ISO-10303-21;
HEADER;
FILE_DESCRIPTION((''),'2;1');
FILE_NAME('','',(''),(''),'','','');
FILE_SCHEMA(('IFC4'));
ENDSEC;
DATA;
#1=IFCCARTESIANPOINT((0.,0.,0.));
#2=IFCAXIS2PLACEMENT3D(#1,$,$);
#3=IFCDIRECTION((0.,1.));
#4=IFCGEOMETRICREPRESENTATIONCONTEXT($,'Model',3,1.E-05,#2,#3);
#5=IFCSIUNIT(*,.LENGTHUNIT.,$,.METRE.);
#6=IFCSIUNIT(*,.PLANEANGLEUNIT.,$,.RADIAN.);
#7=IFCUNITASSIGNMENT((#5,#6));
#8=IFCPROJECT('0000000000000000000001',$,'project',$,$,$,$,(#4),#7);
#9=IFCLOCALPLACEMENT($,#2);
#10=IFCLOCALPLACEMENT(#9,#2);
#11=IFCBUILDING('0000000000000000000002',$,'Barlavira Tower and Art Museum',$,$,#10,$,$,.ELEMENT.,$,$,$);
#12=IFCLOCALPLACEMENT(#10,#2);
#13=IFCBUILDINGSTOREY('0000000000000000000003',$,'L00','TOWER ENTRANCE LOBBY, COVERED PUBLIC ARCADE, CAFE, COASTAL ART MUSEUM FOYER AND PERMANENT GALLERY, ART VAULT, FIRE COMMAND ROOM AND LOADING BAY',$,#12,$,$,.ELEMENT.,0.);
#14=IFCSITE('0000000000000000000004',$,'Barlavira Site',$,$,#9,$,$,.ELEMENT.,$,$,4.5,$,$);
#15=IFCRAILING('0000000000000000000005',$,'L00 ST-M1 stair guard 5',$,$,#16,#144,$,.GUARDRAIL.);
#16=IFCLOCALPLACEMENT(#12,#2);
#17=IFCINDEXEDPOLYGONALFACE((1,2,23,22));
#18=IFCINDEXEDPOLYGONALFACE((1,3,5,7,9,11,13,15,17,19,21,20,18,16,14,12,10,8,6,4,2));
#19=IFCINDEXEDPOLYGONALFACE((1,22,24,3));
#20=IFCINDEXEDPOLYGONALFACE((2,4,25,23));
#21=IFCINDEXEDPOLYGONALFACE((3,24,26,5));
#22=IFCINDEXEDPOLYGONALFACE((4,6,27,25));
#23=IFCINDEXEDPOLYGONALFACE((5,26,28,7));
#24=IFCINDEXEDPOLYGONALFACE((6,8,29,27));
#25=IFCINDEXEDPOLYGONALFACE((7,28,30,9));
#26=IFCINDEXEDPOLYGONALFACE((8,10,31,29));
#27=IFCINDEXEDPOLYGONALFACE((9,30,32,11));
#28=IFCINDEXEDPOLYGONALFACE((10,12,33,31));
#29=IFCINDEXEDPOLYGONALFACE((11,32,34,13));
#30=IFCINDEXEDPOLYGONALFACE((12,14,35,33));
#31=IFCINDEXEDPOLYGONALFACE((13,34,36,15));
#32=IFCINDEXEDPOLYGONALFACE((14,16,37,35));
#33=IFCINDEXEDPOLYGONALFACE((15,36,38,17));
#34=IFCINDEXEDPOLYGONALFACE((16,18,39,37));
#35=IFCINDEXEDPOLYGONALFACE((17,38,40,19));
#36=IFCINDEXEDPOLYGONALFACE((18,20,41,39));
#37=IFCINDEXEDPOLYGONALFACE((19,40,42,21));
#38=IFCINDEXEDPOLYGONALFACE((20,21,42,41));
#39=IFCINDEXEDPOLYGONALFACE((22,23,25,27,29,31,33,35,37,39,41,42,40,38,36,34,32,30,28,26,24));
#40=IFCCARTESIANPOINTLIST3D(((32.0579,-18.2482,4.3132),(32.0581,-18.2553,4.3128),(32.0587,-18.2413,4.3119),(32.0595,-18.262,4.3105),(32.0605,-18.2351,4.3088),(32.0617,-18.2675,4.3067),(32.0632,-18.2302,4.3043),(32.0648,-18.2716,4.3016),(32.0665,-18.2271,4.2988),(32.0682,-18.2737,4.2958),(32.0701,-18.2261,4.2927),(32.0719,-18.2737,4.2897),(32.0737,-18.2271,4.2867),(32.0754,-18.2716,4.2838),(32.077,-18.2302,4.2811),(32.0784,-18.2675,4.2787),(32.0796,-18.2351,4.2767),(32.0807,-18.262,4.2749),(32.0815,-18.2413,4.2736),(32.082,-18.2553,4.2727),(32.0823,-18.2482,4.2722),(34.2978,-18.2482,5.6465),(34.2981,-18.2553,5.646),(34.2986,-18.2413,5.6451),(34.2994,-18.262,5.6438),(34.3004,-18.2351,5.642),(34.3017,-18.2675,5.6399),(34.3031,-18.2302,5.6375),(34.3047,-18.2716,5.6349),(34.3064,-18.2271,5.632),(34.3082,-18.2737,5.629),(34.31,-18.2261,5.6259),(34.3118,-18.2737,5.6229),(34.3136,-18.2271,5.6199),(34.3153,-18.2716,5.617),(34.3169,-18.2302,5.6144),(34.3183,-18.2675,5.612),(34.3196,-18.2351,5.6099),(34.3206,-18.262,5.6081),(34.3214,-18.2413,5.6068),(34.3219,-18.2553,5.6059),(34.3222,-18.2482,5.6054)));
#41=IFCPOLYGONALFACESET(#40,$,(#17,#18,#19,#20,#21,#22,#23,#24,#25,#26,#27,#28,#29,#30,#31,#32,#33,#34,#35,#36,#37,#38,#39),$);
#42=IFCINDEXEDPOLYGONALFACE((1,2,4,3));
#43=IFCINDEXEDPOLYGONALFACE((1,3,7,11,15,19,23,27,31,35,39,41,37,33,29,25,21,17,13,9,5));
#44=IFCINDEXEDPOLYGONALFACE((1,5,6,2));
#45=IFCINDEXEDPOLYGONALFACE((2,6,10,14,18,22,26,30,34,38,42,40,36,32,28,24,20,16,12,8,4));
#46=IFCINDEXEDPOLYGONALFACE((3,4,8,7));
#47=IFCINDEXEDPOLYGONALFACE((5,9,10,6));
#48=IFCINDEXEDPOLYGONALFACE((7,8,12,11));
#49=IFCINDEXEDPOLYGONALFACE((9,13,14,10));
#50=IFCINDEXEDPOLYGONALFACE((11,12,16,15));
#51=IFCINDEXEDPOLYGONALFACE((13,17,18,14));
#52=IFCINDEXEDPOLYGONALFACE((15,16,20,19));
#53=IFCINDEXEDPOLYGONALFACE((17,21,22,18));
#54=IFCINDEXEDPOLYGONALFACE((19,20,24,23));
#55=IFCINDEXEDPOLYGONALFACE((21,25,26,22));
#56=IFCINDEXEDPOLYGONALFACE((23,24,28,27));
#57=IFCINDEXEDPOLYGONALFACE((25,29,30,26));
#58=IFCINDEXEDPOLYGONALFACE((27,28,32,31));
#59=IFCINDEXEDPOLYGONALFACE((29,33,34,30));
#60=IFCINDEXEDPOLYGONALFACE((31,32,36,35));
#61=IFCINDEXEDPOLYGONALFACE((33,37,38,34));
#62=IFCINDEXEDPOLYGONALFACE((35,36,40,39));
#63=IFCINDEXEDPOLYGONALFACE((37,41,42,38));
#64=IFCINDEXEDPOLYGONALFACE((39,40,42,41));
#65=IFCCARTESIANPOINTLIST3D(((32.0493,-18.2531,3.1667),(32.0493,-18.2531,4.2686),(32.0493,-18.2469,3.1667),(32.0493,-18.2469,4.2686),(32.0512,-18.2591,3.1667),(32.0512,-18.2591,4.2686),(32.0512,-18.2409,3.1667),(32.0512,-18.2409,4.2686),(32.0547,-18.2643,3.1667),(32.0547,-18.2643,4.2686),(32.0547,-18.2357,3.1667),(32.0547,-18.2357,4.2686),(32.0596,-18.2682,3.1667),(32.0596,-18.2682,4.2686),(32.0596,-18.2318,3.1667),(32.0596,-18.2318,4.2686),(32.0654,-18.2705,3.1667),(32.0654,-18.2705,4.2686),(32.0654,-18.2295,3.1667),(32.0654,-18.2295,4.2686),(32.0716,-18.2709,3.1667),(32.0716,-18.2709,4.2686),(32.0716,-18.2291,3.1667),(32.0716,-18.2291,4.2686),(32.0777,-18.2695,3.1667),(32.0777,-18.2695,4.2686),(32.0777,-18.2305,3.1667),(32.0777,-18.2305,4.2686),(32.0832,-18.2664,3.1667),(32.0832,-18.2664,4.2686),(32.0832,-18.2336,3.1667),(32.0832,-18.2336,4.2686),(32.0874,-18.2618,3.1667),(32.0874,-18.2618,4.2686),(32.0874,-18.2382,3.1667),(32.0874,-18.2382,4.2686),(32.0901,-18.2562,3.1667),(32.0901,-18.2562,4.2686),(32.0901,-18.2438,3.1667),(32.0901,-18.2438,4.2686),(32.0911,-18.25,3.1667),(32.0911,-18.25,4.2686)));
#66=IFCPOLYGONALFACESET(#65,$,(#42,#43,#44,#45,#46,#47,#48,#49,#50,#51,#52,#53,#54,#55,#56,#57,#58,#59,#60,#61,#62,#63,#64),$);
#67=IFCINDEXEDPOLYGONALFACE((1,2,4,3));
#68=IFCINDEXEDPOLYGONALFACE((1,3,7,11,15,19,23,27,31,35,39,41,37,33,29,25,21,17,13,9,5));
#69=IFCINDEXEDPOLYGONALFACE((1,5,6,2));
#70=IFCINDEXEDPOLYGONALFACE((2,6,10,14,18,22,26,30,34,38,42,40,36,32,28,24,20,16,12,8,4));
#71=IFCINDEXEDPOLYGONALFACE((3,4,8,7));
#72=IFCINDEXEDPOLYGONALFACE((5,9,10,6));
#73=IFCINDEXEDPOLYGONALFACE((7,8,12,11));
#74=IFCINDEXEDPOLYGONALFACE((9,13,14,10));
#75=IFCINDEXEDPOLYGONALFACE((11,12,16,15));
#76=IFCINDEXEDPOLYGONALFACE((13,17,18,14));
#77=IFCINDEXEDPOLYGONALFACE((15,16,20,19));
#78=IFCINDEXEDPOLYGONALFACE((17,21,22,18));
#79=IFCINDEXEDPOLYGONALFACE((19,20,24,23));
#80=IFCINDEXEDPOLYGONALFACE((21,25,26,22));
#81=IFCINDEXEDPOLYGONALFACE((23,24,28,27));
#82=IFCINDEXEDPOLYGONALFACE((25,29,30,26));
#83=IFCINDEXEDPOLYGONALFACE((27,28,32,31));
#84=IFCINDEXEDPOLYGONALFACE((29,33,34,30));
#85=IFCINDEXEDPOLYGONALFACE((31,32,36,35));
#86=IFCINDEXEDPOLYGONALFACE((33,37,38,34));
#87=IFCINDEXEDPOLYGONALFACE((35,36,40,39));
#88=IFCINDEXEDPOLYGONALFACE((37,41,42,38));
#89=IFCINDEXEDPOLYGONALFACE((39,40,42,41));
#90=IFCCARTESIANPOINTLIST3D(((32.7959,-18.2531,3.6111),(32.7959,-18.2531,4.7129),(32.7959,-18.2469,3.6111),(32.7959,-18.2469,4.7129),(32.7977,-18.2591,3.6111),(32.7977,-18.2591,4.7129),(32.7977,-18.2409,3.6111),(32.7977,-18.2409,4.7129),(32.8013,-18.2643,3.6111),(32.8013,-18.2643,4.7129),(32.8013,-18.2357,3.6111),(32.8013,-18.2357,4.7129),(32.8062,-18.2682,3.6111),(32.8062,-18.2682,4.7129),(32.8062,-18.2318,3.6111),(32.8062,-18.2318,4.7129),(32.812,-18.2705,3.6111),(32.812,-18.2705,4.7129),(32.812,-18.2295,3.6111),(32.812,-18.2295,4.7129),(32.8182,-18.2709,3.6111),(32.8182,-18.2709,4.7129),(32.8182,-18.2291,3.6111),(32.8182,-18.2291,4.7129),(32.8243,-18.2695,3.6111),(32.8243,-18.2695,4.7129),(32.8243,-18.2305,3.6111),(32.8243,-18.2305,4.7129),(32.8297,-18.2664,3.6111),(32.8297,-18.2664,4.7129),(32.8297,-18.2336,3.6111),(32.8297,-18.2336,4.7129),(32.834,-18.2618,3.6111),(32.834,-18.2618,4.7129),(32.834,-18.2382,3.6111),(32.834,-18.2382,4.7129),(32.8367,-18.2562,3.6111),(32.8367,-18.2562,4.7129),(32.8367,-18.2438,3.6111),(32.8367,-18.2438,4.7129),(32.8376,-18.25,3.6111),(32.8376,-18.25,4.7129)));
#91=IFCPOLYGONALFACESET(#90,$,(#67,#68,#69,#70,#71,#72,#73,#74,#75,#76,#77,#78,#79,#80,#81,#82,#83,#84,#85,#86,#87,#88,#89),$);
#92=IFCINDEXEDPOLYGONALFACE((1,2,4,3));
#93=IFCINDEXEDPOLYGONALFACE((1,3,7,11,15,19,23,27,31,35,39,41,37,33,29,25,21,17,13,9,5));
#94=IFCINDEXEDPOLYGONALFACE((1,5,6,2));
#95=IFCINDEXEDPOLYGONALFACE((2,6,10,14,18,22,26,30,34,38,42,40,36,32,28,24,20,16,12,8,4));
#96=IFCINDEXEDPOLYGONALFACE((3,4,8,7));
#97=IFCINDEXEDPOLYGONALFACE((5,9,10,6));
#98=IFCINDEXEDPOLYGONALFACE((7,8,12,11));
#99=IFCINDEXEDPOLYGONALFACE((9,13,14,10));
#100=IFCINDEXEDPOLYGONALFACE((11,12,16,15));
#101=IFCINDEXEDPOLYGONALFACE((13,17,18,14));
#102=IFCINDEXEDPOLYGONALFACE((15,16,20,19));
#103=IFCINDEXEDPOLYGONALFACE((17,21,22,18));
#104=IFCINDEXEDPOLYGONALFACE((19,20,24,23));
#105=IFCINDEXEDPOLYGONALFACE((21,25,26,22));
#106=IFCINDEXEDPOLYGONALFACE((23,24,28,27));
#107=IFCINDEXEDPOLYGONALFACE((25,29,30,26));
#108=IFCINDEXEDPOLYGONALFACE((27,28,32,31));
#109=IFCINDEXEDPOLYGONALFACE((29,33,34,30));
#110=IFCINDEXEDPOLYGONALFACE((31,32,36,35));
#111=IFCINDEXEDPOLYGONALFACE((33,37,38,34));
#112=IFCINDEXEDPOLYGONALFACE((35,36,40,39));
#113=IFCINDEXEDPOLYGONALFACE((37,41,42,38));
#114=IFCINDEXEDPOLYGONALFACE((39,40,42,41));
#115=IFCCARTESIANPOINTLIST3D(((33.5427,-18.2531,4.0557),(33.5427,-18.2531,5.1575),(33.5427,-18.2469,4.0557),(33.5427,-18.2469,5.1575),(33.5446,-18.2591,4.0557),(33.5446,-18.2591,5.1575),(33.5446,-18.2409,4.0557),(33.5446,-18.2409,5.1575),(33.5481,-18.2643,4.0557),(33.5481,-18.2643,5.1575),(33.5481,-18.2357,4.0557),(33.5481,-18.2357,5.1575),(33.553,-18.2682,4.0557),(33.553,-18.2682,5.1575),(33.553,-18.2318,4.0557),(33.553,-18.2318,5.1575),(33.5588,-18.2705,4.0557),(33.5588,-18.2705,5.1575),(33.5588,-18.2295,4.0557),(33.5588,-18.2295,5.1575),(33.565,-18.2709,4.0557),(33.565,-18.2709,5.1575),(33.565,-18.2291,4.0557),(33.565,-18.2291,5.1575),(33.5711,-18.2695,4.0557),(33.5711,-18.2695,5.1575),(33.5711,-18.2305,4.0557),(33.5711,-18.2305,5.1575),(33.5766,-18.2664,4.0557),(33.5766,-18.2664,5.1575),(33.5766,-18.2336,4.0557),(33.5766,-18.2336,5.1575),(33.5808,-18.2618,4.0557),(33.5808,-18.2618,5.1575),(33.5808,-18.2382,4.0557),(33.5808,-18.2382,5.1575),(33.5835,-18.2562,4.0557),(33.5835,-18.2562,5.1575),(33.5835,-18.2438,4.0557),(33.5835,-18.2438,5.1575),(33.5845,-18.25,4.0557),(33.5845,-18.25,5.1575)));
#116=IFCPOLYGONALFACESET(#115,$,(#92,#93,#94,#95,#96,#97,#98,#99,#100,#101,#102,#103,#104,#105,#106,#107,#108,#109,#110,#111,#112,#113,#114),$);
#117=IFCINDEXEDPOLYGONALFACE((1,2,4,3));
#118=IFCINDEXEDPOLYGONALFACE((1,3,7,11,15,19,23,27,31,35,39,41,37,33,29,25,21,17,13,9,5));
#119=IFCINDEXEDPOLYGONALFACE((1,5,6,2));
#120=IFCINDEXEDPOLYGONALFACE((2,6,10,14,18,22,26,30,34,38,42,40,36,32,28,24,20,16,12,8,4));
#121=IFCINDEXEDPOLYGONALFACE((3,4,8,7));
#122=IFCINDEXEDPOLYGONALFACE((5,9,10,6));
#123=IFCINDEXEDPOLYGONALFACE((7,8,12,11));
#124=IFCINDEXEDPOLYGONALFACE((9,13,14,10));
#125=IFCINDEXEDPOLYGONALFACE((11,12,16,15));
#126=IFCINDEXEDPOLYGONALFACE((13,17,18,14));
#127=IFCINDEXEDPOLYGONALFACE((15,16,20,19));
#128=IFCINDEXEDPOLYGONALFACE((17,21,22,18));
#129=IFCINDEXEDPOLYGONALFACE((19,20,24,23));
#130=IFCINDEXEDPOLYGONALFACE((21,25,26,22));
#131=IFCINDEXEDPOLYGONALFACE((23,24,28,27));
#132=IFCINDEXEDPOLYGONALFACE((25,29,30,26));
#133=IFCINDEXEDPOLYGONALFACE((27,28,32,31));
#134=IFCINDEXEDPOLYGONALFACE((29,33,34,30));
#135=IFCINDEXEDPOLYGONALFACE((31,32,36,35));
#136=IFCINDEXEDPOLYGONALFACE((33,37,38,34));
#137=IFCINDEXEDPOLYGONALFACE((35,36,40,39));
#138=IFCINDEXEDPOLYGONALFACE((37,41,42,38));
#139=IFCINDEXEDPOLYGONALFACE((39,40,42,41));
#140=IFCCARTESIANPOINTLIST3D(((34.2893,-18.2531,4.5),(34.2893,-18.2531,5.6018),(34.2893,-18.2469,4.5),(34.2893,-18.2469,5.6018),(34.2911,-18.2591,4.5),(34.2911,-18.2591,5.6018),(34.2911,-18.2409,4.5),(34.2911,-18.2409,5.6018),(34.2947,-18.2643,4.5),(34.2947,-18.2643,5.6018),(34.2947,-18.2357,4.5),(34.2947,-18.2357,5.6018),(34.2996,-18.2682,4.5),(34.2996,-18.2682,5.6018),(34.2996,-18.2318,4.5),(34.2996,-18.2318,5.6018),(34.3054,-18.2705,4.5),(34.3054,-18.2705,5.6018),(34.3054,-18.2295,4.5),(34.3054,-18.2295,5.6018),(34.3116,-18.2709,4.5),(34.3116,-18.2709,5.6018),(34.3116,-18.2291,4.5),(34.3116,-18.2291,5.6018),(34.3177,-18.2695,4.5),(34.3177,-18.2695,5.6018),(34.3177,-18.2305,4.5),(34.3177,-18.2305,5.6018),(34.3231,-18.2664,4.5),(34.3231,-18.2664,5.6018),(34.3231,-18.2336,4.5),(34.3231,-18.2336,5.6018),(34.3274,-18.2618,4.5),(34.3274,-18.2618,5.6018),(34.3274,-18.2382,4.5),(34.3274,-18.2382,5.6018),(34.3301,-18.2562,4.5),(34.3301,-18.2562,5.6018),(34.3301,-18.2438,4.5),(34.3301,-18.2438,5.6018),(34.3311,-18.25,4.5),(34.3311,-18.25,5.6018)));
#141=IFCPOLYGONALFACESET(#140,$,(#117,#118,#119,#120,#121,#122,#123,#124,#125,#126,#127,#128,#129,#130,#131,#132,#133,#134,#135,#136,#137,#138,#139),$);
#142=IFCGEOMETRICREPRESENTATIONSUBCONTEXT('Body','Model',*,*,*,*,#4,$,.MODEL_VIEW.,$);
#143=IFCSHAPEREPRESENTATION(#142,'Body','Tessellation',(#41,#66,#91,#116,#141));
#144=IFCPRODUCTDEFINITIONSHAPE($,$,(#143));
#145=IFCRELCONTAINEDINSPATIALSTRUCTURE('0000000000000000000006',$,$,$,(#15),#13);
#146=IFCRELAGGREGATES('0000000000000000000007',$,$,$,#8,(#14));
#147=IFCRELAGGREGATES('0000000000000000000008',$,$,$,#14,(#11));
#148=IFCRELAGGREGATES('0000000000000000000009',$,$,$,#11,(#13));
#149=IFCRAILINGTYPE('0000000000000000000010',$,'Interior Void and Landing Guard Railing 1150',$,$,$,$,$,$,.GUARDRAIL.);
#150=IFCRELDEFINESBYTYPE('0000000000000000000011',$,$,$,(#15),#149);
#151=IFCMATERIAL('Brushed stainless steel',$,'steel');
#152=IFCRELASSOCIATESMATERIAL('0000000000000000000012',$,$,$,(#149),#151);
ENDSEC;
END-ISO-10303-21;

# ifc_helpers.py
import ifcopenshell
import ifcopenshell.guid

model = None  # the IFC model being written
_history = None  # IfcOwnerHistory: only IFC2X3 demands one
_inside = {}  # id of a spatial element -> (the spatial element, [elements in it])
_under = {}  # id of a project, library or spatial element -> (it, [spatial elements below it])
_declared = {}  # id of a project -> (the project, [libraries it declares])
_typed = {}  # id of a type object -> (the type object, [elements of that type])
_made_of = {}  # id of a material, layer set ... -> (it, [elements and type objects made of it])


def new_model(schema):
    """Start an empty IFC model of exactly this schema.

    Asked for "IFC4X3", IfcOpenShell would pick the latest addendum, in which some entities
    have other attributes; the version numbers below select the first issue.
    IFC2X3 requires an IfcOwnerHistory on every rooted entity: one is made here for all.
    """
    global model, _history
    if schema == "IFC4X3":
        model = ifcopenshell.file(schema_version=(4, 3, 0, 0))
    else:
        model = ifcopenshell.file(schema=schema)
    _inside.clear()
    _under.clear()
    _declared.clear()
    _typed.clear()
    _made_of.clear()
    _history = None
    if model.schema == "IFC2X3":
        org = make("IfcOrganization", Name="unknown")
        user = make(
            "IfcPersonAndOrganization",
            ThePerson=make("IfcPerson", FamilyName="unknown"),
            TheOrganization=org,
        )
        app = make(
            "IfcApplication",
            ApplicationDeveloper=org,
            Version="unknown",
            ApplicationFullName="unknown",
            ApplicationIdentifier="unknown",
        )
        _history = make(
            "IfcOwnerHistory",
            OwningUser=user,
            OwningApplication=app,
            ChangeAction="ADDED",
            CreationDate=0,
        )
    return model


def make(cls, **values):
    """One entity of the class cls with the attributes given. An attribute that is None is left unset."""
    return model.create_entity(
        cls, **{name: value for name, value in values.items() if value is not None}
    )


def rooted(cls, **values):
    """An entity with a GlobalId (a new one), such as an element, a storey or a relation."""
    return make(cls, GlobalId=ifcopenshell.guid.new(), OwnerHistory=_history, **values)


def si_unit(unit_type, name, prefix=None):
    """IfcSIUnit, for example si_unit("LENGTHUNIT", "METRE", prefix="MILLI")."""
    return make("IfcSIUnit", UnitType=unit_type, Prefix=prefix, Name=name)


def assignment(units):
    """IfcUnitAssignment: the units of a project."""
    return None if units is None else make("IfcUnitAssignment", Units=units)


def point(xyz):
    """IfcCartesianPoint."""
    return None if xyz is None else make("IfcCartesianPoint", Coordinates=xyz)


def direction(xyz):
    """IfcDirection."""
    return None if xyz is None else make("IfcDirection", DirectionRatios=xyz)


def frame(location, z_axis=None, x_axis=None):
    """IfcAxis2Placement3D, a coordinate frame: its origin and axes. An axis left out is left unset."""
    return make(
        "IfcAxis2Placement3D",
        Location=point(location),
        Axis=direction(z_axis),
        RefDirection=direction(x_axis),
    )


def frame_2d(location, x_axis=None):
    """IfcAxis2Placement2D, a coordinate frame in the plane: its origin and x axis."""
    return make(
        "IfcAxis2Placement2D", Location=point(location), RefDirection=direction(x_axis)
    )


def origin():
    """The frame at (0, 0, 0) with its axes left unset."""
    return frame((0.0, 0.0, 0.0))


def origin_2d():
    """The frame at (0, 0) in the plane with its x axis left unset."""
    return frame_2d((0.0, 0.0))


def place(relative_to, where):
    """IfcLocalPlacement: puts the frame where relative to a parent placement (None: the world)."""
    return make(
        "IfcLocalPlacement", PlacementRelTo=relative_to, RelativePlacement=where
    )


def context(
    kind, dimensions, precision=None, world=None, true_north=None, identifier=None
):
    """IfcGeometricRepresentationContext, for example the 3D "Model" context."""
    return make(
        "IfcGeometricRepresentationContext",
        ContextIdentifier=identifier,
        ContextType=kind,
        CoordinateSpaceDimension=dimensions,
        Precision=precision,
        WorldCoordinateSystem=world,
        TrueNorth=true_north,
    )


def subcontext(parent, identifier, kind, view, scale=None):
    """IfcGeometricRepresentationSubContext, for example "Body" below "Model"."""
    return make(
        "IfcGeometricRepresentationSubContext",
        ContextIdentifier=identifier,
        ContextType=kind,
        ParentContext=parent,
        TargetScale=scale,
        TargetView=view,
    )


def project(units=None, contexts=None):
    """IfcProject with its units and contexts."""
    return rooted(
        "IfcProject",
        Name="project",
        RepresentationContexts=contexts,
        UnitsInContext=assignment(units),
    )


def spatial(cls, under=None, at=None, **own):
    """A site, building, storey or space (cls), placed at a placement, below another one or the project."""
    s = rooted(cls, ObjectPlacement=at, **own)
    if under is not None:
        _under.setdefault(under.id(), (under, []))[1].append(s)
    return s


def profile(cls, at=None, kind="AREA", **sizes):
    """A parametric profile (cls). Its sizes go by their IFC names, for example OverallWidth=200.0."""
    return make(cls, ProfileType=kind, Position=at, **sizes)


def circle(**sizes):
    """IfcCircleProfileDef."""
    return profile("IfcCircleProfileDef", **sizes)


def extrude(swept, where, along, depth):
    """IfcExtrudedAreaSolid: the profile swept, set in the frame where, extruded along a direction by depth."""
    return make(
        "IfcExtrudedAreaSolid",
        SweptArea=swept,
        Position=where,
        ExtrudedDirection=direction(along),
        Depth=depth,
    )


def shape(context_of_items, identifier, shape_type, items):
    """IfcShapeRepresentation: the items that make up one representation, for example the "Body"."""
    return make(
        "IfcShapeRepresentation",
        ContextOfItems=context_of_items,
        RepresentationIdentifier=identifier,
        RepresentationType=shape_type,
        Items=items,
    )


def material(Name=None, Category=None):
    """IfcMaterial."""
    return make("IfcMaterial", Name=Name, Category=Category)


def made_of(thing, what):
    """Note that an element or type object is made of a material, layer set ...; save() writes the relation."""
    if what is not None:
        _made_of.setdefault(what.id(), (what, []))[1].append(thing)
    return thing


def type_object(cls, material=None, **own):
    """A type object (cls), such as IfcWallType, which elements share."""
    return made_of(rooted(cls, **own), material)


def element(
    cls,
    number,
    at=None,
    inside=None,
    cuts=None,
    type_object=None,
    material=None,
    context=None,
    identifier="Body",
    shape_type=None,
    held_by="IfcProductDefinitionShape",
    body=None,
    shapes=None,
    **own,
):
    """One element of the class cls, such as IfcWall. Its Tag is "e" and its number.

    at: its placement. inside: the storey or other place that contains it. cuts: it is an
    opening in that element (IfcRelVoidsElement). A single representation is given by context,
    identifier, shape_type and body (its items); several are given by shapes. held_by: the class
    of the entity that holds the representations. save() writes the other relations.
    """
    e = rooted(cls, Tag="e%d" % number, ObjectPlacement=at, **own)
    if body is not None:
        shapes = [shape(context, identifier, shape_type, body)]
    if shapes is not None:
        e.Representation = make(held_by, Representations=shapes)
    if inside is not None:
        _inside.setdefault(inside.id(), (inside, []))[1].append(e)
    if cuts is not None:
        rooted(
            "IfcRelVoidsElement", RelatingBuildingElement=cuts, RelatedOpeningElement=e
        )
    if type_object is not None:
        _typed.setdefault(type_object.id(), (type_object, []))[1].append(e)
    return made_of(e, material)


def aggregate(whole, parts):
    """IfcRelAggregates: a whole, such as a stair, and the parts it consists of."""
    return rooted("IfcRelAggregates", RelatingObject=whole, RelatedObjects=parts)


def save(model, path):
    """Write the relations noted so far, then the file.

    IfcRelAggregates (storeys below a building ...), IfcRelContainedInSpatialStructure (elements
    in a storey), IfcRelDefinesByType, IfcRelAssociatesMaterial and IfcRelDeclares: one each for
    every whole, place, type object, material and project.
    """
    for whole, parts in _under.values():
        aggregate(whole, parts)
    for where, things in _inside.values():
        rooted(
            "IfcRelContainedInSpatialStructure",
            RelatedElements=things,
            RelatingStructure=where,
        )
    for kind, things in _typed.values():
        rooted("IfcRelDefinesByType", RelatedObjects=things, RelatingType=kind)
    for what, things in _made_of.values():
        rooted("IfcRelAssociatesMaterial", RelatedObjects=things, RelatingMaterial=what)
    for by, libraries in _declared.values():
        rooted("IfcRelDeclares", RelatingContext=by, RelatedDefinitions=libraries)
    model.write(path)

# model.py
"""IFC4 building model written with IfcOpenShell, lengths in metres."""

from ifc_helpers import new_model, si_unit, direction, frame, origin, origin_2d, place, context, subcontext, project, spatial, circle, extrude, material, type_object, element, save


model = new_model("IFC4")

# Units and contexts
model_context = context("Model", 3, precision=1e-05, world=origin(), true_north=direction((0.0, 1.0)))
body_context = subcontext(model_context, "Body", "Model", "MODEL_VIEW")
ifc_project = project(units=[si_unit("LENGTHUNIT", "METRE"), si_unit("PLANEANGLEUNIT", "RADIAN")], contexts=[model_context])

# Site, building, storey
site_placement = place(None, origin())
site = spatial("IfcSite", under=ifc_project, at=site_placement, Name="Barlavira Site", CompositionType="ELEMENT", RefElevation=4.5)
building_placement = place(site_placement, origin())
building = spatial("IfcBuilding", under=site, at=building_placement, Name="Barlavira Tower and Art Museum", CompositionType="ELEMENT")
storey_placement = place(building_placement, origin())
storey = spatial("IfcBuildingStorey", under=building, at=storey_placement, Name="L00", Description="TOWER ENTRANCE LOBBY, COVERED PUBLIC ARCADE, CAFE, COASTAL ART MUSEUM FOYER AND PERMANENT GALLERY, ART VAULT, FIRE COMMAND ROOM AND LOADING BAY", CompositionType="ELEMENT", Elevation=0.0)

# Shared definitions
ifc_material_1 = material(Name="Brushed stainless steel", Category="steel")

# Railing
railing_type_1 = type_object("IfcRailingType", Name="Interior Void and Landing Guard Railing 1150", PredefinedType="GUARDRAIL", material=ifc_material_1)
railing_1_placement = place(storey_placement, frame((32.0701, -18.25, 3.1667)))
element("IfcRailing", 1, at=railing_1_placement, inside=storey, type_object=railing_type_1, Name="L00 ST-M1 stair guard 5", PredefinedType="GUARDRAIL", context=body_context, shape_type="SweptSolid", body=[
    extrude(circle(Radius=0.0239, at=origin_2d()), frame((0.0, 0.0, 1.126), z_axis=(0.859306, 0.0, 0.511462), x_axis=(0.0, 1.0, 0.0)), (0.0, 0.0, 1.0), 2.6067),
    extrude(circle(Radius=0.021, at=origin_2d()), origin(), (0.0, 0.0, 1.0), 1.1018),
    extrude(circle(Radius=0.021, at=origin_2d()), frame((0.7466, 0.0, 0.4443)), (0.0, 0.0, 1.0), 1.1018),
    extrude(circle(Radius=0.021, at=origin_2d()), frame((1.4934, 0.0, 0.8889)), (0.0, 0.0, 1.0), 1.1018),
    extrude(circle(Radius=0.021, at=origin_2d()), frame((2.24, 0.0, 1.3333)), (0.0, 0.0, 1.0), 1.1018),
])

save(model, "model.ifc")
